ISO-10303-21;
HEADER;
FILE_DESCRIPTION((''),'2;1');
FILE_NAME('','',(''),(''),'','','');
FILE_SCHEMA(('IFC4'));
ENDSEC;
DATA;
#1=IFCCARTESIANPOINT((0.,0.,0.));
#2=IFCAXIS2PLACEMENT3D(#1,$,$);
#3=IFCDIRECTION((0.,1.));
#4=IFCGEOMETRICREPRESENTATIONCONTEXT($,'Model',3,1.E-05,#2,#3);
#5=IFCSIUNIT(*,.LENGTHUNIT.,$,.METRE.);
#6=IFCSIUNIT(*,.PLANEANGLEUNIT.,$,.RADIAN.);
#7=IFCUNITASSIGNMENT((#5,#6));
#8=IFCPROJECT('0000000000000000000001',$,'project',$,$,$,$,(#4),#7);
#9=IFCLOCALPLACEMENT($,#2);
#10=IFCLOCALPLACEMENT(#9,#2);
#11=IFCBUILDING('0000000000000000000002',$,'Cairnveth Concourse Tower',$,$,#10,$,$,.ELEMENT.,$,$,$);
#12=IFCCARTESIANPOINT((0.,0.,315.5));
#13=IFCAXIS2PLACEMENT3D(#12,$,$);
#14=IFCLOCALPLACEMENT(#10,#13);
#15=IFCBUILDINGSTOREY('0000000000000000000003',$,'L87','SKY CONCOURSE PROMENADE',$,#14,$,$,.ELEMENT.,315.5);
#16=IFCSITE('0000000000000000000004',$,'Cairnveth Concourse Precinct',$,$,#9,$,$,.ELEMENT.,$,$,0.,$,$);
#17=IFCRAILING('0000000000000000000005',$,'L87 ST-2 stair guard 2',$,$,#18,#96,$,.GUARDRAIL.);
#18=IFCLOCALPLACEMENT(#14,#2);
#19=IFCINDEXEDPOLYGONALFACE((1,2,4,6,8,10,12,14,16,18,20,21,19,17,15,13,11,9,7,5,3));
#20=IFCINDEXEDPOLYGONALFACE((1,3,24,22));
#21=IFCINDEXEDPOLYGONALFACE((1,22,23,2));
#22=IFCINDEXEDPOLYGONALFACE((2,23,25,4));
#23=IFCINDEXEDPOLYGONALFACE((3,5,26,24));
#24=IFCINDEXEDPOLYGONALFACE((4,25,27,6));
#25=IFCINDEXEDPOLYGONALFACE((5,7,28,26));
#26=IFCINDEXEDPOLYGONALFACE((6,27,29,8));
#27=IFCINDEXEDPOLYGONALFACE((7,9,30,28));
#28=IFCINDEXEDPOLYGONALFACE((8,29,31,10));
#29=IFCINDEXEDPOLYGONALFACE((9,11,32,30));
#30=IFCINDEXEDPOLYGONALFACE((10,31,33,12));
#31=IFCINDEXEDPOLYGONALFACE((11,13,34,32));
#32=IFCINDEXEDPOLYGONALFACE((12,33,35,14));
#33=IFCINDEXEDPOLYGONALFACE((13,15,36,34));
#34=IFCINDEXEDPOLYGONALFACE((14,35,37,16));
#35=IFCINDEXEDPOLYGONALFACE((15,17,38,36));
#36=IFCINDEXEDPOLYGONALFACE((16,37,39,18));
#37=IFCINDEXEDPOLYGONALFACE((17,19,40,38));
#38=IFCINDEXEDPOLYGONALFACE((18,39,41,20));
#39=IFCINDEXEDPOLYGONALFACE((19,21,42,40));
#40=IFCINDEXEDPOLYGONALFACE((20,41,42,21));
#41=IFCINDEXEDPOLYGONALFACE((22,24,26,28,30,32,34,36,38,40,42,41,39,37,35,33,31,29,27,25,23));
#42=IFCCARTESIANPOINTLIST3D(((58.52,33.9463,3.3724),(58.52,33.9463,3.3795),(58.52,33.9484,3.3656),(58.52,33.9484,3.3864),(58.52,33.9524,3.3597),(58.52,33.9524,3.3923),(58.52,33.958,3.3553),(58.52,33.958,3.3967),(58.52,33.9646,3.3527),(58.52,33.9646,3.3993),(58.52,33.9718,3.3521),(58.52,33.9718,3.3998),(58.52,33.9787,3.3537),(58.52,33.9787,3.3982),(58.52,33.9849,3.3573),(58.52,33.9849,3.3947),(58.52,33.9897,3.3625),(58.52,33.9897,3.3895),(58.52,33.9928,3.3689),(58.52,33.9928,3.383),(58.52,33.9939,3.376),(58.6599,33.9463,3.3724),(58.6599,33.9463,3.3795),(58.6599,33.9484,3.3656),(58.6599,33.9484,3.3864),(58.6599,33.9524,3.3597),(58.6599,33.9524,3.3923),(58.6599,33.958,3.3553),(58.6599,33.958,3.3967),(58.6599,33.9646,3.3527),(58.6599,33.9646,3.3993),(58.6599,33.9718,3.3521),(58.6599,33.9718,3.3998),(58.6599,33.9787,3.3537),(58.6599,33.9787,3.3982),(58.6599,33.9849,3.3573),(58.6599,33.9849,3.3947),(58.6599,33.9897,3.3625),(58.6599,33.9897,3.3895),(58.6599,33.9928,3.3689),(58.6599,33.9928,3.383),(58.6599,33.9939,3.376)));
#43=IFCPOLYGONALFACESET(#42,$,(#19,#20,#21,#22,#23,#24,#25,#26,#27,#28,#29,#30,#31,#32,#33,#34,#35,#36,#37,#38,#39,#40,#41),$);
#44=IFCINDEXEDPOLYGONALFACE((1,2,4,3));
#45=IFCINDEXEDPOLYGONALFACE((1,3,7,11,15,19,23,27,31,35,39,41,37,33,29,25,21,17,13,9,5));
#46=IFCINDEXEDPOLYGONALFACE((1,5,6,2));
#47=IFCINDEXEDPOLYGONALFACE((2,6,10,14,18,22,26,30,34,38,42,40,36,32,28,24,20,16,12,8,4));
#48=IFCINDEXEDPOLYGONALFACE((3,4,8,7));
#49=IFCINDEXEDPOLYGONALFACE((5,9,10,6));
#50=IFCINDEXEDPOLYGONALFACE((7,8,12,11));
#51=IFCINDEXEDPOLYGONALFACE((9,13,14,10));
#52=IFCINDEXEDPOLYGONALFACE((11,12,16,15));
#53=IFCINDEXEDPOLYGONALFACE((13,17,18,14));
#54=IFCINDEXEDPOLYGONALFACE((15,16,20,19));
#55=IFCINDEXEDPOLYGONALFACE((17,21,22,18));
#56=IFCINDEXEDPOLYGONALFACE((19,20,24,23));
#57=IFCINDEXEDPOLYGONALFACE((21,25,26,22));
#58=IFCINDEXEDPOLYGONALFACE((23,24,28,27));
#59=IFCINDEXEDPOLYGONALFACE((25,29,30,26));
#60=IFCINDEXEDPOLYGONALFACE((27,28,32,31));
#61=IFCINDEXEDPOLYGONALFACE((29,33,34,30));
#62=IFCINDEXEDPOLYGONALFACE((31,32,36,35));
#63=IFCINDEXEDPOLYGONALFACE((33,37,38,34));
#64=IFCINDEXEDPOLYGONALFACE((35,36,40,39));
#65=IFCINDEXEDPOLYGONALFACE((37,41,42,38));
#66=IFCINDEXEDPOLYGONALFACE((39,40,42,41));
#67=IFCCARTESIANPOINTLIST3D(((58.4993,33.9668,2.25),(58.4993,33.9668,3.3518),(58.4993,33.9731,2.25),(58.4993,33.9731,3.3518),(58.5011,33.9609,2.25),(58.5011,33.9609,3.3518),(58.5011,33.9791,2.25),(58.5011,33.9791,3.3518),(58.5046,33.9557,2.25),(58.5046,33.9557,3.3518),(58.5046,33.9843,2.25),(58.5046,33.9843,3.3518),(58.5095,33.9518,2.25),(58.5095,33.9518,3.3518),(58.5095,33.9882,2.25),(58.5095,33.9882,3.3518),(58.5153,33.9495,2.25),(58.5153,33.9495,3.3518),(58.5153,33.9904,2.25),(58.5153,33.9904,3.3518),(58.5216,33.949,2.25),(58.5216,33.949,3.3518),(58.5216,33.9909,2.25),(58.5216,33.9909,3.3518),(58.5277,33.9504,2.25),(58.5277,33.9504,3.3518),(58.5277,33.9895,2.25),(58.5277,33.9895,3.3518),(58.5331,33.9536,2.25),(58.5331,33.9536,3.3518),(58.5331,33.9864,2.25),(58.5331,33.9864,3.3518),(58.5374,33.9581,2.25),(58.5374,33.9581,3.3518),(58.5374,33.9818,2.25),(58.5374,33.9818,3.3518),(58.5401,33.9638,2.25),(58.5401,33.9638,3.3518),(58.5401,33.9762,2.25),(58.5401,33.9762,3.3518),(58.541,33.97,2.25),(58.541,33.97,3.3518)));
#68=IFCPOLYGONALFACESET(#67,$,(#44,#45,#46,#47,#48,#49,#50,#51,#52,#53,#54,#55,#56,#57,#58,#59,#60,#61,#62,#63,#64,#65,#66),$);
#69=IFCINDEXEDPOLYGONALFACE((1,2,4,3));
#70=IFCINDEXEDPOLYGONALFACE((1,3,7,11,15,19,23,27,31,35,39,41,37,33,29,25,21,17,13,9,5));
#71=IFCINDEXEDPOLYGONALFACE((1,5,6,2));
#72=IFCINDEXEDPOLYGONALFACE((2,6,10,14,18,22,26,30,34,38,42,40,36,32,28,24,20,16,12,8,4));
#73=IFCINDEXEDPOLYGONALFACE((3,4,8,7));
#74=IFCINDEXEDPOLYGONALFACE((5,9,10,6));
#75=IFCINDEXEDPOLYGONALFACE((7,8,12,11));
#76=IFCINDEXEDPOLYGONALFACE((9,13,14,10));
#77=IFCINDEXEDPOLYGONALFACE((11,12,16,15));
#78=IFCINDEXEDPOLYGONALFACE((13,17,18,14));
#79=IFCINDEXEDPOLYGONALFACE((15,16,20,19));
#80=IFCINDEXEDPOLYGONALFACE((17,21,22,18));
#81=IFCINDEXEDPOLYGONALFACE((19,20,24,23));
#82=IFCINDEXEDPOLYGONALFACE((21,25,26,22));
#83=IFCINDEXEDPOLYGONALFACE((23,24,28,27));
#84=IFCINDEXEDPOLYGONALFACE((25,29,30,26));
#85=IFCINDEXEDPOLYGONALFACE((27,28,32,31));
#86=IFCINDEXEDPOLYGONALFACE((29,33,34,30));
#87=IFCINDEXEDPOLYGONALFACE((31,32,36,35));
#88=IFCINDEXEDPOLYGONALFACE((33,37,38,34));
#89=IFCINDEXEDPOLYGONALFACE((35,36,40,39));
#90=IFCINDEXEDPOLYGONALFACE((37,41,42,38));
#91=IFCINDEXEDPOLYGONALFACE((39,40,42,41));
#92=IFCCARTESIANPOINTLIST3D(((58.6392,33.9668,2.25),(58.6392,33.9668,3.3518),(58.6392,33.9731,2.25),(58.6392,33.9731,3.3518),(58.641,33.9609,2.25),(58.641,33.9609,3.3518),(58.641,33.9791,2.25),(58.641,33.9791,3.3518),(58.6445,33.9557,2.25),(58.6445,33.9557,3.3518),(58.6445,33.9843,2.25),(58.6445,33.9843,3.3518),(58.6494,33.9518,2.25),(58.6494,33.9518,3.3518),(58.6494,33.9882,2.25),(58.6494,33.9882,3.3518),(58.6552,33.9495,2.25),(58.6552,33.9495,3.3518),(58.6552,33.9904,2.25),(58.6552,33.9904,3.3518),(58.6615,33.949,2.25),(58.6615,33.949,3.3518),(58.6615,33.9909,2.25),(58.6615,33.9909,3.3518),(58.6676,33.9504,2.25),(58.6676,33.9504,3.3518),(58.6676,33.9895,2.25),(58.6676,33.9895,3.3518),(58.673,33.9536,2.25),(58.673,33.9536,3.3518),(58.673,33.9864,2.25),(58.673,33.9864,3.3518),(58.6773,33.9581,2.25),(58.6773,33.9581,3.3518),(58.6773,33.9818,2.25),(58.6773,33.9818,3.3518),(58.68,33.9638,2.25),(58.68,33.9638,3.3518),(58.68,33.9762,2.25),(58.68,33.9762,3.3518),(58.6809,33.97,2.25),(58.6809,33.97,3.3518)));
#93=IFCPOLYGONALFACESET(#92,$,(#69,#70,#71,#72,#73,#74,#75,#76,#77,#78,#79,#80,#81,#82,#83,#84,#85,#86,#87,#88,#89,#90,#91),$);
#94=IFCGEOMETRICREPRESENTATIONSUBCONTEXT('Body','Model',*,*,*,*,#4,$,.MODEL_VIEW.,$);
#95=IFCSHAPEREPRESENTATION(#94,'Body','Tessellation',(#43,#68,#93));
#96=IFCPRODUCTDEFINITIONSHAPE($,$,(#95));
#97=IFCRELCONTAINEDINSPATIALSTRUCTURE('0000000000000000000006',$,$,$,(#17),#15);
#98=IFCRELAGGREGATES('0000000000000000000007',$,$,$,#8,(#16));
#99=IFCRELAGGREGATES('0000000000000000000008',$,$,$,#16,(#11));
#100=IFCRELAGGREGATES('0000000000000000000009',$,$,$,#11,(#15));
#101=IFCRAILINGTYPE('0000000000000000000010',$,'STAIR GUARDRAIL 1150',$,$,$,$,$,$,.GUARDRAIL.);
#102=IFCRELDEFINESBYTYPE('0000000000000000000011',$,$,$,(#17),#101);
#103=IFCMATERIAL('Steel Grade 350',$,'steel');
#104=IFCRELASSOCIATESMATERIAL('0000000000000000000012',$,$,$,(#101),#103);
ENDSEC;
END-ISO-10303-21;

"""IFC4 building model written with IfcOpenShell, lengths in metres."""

from ifc_helpers import new_model, si_unit, direction, frame, origin, origin_2d, place, context, subcontext, project, spatial, circle, extrude, material, type_object, element, save


model = new_model("IFC4")

# Units and contexts
model_context = context("Model", 3, precision=1e-05, world=origin(), true_north=direction((0.0, 1.0)))
body_context = subcontext(model_context, "Body", "Model", "MODEL_VIEW")
ifc_project = project(units=[si_unit("LENGTHUNIT", "METRE"), si_unit("PLANEANGLEUNIT", "RADIAN")], contexts=[model_context])

# Site, building, storey
site_placement = place(None, origin())
site = spatial("IfcSite", under=ifc_project, at=site_placement, Name="Cairnveth Concourse Precinct", CompositionType="ELEMENT", RefElevation=0.0)
building_placement = place(site_placement, origin())
building = spatial("IfcBuilding", under=site, at=building_placement, Name="Cairnveth Concourse Tower", CompositionType="ELEMENT")
storey_placement = place(building_placement, frame((0.0, 0.0, 315.5)))
storey = spatial("IfcBuildingStorey", under=building, at=storey_placement, Name="L87", Description="SKY CONCOURSE PROMENADE", CompositionType="ELEMENT", Elevation=315.5)

# Shared definitions
ifc_material_1 = material(Name="Steel Grade 350", Category="steel")

# Railing
railing_type_1 = type_object("IfcRailingType", Name="STAIR GUARDRAIL 1150", PredefinedType="GUARDRAIL", material=ifc_material_1)
railing_1_placement = place(storey_placement, frame((58.52, 33.97, 2.25)))
element("IfcRailing", 1, at=railing_1_placement, inside=storey, type_object=railing_type_1, Name="L87 ST-2 stair guard 2", PredefinedType="GUARDRAIL", context=body_context, shape_type="SweptSolid", body=[
    extrude(circle(Radius=0.0239, at=origin_2d()), frame((0.0, 0.0, 1.126), z_axis=(1.0, 0.0, 0.0), x_axis=(0.0, 1.0, 0.0)), (0.0, 0.0, 1.0), 0.1399),
    extrude(circle(Radius=0.021, at=origin_2d()), origin(), (0.0, 0.0, 1.0), 1.1018),
    extrude(circle(Radius=0.021, at=origin_2d()), frame((0.1399, 0.0, 0.0)), (0.0, 0.0, 1.0), 1.1018),
])

save(model, "model.ifc")
